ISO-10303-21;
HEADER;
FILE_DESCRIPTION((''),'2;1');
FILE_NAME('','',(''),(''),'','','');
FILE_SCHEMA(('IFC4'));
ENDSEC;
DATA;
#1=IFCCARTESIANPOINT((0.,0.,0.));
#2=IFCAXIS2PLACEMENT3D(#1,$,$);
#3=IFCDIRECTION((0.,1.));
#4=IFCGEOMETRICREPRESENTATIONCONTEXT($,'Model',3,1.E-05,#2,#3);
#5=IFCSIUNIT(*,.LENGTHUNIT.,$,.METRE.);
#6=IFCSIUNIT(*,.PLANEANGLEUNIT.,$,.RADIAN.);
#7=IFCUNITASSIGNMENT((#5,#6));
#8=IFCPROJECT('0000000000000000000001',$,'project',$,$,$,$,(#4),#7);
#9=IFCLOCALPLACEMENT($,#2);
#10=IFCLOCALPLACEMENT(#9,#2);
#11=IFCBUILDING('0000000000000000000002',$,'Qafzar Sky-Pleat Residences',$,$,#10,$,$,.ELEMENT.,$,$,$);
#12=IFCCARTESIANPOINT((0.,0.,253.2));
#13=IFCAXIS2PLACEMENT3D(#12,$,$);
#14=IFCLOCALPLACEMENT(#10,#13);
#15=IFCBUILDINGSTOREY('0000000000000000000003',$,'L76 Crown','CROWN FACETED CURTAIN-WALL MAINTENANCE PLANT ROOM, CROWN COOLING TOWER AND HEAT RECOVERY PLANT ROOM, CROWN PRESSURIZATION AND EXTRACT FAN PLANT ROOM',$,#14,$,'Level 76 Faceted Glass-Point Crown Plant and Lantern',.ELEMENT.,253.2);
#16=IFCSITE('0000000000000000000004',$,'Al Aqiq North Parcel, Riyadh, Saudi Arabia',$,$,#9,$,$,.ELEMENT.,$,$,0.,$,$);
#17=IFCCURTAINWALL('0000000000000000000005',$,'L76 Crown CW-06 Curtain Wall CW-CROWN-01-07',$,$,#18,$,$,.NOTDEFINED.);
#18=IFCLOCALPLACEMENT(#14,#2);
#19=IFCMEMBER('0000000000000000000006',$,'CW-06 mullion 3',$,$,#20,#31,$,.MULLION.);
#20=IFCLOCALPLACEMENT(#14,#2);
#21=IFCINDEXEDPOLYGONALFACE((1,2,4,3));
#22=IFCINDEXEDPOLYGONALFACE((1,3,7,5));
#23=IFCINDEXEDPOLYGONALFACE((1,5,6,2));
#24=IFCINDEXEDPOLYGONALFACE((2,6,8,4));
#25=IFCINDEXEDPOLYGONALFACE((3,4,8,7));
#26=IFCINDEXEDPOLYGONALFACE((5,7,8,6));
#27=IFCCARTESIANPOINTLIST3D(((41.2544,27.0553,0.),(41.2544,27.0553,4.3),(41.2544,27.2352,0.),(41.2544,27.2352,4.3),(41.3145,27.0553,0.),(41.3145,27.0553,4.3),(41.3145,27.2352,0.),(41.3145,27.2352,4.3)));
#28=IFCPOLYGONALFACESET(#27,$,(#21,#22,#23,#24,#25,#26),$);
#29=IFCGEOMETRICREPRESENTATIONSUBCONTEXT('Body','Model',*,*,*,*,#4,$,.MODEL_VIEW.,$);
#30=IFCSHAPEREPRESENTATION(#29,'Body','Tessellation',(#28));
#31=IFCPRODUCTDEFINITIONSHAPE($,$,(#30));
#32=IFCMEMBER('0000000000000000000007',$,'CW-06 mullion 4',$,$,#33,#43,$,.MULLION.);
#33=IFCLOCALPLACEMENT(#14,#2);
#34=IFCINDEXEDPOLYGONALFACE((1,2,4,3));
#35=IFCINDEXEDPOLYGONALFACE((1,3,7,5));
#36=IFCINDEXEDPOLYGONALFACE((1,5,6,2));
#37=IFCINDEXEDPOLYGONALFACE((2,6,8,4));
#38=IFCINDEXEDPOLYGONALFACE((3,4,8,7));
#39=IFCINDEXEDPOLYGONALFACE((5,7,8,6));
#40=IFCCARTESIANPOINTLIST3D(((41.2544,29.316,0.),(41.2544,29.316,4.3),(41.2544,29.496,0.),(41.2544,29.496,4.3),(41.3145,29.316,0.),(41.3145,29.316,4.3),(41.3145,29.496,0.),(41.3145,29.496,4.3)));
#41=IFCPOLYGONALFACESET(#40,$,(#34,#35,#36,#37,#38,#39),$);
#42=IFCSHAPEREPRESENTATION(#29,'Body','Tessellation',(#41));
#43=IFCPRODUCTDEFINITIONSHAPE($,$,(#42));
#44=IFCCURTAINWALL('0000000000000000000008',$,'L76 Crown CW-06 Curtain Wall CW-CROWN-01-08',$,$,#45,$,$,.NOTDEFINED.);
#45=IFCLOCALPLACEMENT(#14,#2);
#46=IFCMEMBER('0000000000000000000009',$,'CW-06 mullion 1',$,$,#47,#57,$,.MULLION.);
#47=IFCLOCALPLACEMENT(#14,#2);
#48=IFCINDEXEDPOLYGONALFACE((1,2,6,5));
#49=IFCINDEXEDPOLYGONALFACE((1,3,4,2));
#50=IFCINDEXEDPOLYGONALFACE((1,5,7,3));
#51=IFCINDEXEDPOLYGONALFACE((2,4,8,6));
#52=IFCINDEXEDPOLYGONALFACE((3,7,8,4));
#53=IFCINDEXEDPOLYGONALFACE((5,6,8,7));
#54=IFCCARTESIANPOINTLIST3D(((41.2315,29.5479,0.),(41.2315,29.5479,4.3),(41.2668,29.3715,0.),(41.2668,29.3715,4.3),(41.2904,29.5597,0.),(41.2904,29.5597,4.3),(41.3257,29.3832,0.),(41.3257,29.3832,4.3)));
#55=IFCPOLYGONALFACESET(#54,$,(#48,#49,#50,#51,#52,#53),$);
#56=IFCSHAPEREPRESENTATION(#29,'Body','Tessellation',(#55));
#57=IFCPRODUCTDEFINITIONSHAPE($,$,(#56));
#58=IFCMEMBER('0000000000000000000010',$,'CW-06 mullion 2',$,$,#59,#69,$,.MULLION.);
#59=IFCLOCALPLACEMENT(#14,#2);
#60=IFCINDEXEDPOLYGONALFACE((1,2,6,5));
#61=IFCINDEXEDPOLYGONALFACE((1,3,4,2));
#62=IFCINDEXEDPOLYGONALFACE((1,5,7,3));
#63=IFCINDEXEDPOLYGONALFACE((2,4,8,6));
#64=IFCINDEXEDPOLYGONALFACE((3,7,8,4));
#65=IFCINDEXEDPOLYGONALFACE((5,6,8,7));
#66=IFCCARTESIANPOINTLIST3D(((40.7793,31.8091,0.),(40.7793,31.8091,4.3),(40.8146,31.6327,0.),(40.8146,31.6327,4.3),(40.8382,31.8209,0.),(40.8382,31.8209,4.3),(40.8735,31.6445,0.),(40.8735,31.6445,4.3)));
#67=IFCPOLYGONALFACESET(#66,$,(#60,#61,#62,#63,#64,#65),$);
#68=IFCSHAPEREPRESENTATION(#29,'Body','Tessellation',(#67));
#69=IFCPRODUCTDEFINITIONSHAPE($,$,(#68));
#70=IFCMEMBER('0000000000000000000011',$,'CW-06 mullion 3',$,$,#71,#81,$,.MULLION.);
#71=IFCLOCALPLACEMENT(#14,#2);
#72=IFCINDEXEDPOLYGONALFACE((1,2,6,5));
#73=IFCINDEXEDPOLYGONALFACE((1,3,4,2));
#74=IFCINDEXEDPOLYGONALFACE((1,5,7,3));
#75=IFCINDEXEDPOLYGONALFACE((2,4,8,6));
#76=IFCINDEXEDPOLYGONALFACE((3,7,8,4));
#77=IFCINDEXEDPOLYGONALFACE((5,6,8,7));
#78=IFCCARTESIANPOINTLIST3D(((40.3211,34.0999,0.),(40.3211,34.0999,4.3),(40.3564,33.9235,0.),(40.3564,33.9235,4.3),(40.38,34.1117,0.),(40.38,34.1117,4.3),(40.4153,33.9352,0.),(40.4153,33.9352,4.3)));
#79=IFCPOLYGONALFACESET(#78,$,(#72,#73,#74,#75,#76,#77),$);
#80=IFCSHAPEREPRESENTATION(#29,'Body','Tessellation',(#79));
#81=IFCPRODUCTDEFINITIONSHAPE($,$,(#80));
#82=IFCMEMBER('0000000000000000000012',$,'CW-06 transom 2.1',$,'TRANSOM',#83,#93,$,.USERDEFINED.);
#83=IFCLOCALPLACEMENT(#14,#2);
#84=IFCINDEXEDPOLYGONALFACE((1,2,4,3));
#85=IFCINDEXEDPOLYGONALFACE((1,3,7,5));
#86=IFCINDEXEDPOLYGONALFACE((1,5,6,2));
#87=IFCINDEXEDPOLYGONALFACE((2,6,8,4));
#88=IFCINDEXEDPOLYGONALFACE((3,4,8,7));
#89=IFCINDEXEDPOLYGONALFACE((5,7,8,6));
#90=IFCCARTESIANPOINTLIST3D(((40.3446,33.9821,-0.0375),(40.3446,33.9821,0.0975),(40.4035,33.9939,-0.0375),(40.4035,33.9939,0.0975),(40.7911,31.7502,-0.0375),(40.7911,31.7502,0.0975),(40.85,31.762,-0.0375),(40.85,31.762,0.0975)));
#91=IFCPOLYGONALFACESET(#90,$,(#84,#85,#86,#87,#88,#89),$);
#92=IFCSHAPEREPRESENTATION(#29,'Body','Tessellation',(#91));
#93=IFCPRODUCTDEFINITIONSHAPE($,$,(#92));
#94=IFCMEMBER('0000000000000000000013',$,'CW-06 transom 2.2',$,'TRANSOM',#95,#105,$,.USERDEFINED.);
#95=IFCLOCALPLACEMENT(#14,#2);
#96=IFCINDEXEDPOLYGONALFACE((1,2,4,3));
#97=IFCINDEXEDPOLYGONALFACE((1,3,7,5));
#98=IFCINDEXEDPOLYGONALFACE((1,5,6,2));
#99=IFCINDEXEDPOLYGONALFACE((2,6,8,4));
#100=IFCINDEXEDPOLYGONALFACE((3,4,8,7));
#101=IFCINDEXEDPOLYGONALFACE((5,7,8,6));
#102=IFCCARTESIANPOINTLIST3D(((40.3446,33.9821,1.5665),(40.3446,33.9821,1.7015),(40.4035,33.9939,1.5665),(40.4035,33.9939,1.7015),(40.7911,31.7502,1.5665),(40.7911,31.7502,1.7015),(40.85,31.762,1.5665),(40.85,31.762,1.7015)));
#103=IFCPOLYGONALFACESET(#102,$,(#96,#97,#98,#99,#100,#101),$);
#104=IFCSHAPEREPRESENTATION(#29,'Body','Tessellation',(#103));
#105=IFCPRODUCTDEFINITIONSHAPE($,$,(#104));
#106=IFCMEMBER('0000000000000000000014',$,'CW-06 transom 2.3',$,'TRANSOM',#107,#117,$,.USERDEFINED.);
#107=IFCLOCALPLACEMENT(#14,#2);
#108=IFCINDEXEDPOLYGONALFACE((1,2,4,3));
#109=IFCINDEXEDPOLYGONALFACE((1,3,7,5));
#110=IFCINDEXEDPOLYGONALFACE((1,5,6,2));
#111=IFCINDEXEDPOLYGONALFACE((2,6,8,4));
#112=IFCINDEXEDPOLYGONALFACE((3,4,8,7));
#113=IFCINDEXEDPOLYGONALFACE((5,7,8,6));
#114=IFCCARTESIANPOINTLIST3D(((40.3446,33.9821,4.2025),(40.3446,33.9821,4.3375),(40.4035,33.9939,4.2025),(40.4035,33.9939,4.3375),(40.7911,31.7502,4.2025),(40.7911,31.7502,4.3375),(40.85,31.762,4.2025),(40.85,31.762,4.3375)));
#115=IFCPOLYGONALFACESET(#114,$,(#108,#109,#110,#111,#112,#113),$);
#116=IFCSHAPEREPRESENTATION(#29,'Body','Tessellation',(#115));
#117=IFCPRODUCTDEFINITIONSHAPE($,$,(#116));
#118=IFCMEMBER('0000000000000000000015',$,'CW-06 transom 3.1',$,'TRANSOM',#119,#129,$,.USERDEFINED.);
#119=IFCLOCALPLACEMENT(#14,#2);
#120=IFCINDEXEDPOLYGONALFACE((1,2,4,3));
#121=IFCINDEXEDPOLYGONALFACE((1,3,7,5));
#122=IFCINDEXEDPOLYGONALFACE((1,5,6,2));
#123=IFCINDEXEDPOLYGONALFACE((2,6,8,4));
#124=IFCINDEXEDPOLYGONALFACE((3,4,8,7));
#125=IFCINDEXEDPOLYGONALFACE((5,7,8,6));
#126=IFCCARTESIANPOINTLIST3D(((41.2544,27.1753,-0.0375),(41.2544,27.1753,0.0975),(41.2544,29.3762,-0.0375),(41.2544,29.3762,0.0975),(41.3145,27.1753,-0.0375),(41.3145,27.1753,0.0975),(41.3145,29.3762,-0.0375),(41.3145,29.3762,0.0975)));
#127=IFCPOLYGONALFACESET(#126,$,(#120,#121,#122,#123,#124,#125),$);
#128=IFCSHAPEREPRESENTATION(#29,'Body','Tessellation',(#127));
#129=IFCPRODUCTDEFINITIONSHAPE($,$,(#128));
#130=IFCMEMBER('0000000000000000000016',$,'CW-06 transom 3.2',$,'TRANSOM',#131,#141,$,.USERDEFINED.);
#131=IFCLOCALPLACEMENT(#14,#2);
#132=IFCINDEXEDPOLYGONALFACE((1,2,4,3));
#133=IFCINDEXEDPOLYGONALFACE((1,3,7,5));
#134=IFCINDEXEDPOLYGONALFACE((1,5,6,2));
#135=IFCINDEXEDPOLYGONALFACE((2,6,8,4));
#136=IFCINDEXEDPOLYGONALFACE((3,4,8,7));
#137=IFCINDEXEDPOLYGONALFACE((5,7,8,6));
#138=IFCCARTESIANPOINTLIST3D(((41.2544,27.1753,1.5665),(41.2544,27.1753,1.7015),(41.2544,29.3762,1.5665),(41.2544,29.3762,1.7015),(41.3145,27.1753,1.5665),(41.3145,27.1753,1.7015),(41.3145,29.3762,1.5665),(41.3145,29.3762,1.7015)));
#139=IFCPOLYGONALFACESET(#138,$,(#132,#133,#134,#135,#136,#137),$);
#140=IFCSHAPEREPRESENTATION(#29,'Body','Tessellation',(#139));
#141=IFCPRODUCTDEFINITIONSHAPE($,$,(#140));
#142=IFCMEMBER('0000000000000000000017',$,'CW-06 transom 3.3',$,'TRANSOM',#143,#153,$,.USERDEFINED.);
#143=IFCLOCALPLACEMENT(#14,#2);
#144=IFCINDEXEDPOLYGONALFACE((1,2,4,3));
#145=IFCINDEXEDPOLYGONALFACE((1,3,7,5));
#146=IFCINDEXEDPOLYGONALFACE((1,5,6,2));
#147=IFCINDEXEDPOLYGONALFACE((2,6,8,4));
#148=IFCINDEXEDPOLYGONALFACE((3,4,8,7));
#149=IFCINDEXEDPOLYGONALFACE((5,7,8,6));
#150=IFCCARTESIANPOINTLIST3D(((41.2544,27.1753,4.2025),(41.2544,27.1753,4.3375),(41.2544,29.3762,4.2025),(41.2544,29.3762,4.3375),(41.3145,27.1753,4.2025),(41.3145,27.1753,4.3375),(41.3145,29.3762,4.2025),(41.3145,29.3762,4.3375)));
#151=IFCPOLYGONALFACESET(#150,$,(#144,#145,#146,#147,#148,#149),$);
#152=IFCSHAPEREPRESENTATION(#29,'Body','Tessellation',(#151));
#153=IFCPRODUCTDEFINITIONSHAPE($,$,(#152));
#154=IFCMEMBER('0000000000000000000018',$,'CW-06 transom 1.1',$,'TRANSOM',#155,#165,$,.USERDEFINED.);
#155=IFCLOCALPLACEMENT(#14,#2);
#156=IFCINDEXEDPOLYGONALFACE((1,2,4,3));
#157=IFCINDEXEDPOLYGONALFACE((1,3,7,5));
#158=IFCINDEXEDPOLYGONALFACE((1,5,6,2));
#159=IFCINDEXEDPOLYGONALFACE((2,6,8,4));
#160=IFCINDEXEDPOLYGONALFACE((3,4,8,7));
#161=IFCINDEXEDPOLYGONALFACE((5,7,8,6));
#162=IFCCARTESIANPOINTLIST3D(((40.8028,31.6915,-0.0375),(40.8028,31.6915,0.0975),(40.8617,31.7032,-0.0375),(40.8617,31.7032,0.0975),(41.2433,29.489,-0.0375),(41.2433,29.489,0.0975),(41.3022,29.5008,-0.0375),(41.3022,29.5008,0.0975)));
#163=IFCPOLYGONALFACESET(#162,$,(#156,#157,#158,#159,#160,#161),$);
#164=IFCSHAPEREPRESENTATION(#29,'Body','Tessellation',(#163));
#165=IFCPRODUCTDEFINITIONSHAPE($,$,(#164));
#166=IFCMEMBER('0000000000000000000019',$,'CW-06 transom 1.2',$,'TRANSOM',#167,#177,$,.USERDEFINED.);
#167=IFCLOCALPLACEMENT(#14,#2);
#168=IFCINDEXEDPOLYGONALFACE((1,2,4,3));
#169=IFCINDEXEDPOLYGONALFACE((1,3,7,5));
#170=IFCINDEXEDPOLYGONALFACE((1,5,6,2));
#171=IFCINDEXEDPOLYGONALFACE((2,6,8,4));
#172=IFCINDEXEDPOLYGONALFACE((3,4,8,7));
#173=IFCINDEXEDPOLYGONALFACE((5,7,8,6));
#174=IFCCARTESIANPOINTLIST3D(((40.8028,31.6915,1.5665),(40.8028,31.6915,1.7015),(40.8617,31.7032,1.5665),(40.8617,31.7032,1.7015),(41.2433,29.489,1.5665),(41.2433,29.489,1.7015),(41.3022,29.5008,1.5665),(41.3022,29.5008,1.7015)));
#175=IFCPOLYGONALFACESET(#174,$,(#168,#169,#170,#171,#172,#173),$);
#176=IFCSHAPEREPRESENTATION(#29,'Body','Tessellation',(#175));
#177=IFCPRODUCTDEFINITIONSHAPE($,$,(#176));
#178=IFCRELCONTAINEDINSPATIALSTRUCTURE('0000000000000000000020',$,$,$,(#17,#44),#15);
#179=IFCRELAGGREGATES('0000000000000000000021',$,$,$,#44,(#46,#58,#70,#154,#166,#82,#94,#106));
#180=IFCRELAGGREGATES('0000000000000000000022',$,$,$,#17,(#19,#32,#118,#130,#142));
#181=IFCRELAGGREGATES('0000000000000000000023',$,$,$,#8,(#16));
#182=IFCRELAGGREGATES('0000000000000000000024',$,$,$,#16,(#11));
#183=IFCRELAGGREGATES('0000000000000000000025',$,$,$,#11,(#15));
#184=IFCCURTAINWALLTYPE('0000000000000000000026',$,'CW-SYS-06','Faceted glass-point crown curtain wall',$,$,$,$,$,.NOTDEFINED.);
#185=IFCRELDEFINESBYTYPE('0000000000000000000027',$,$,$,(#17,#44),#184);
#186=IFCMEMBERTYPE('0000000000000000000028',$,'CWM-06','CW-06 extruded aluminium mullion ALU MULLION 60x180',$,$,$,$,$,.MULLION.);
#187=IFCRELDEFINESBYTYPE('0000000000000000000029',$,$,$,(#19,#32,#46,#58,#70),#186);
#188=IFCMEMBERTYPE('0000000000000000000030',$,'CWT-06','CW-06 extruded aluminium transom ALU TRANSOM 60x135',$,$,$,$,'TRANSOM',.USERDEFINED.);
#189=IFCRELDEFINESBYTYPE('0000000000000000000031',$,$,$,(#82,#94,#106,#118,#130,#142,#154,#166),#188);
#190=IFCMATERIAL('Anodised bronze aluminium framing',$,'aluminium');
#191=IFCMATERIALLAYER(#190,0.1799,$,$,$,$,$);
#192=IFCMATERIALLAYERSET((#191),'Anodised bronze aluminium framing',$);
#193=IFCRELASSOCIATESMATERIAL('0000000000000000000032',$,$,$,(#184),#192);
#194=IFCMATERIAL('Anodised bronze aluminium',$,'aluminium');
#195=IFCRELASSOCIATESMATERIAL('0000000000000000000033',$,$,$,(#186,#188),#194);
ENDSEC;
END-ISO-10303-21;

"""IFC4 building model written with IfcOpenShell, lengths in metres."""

from ifc_helpers import new_model, si_unit, direction, frame, origin, origin_2d, place, context, subcontext, project, spatial, rectangle, extrude, source, transform, mapped, material, layer, layer_set, material_profile, profile_set, type_object, element, aggregate, save


model = new_model("IFC4")

# Units and contexts
model_context = context("Model", 3, precision=1e-05, world=origin(), true_north=direction((0.0, 1.0)))
body_context = subcontext(model_context, "Body", "Model", "MODEL_VIEW")
ifc_project = project(units=[si_unit("LENGTHUNIT", "METRE"), si_unit("PLANEANGLEUNIT", "RADIAN")], contexts=[model_context])

# Site, building, storey
site_placement = place(None, origin())
site = spatial("IfcSite", under=ifc_project, at=site_placement, Name="Al Aqiq North Parcel, Riyadh, Saudi Arabia", CompositionType="ELEMENT", RefElevation=0.0)
building_placement = place(site_placement, origin())
building = spatial("IfcBuilding", under=site, at=building_placement, Name="Qafzar Sky-Pleat Residences", CompositionType="ELEMENT")
storey_placement = place(building_placement, frame((0.0, 0.0, 253.2)))
storey = spatial("IfcBuildingStorey", under=building, at=storey_placement, Name="L76 Crown", Description="CROWN FACETED CURTAIN-WALL MAINTENANCE PLANT ROOM, CROWN COOLING TOWER AND HEAT RECOVERY PLANT ROOM, CROWN PRESSURIZATION AND EXTRACT FAN PLANT ROOM", LongName="Level 76 Faceted Glass-Point Crown Plant and Lantern", CompositionType="ELEMENT", Elevation=253.2)

# Curtain walls, members
ifc_material_1 = material(Name="Anodised bronze aluminium framing", Category="aluminium")
ifc_layer_1 = layer(ifc_material_1, 0.1799)
ifc_layer_set_1 = layer_set([ifc_layer_1], Name="Anodised bronze aluminium framing")
curtain_wall_type = type_object("IfcCurtainWallType", Name="CW-SYS-06", Description="Faceted glass-point crown curtain wall", PredefinedType="NOTDEFINED", material=ifc_layer_set_1)
curtain_wall_1_placement = place(storey_placement, origin())
curtain_wall_1 = element("IfcCurtainWall", 1, at=curtain_wall_1_placement, inside=storey, type_object=curtain_wall_type, Name="L76 Crown CW-06 Curtain Wall CW-CROWN-01-07", PredefinedType="NOTDEFINED")
ifc_material_2 = material(Name="Anodised bronze aluminium", Category="aluminium")
ifc_material_profile_1 = material_profile(ifc_material_2, rectangle(XDim=0.0601, YDim=0.1799, at=origin_2d()), Name="ALU MULLION 60x180")
ifc_profile_set_1 = profile_set([ifc_material_profile_1], Name="Anodised bronze aluminium")
member_type_1 = type_object("IfcMemberType", Name="CWM-06", Description="CW-06 extruded aluminium mullion ALU MULLION 60x180", PredefinedType="MULLION", material=ifc_profile_set_1)
shared_shape_1 = source(origin(), body_context, "Body", "SweptSolid", [
    extrude(rectangle(XDim=0.0601, YDim=0.1799, at=origin_2d()), origin(), (0.0, 0.0, 1.0), 4.3),
])
member_1_placement = place(storey_placement, frame((41.2844, 27.1453, 0.0), z_axis=(0.0, 0.0, 1.0), x_axis=(-1.0, 0.0, 0.0)))
member_1 = element("IfcMember", 2, at=member_1_placement, type_object=member_type_1, Name="CW-06 mullion 3", PredefinedType="MULLION", context=body_context, shape_type="MappedRepresentation", body=[
    mapped(shared_shape_1, transform((0.0, 0.0, 0.0), x_axis=(1.0, 0.0, 0.0), y_axis=(0.0, 1.0, 0.0), z_axis=(0.0, 0.0, 1.0), scale=1.0)),
])
member_2_placement = place(storey_placement, frame((41.2844, 29.406, 0.0), z_axis=(0.0, 0.0, 1.0), x_axis=(-1.0, 0.0, 0.0)))
member_2 = element("IfcMember", 3, at=member_2_placement, type_object=member_type_1, Name="CW-06 mullion 4", PredefinedType="MULLION", context=body_context, shape_type="MappedRepresentation", body=[
    mapped(shared_shape_1, transform((0.0, 0.0, 0.0), x_axis=(1.0, 0.0, 0.0), y_axis=(0.0, 1.0, 0.0), z_axis=(0.0, 0.0, 1.0), scale=1.0)),
])
curtain_wall_2_placement = place(storey_placement, origin())
curtain_wall_2 = element("IfcCurtainWall", 4, at=curtain_wall_2_placement, inside=storey, type_object=curtain_wall_type, Name="L76 Crown CW-06 Curtain Wall CW-CROWN-01-08", PredefinedType="NOTDEFINED")
member_3_placement = place(storey_placement, frame((41.2786, 29.4656, 0.0), z_axis=(0.0, 0.0, 1.0), x_axis=(-0.980581, -0.196113, 0.0)))
member_3 = element("IfcMember", 5, at=member_3_placement, type_object=member_type_1, Name="CW-06 mullion 1", PredefinedType="MULLION", context=body_context, shape_type="MappedRepresentation", body=[
    mapped(shared_shape_1, transform((0.0, 0.0, 0.0), x_axis=(1.0, 0.0, 0.0), y_axis=(0.0, 1.0, 0.0), z_axis=(0.0, 0.0, 1.0), scale=1.0)),
])
member_4_placement = place(storey_placement, frame((40.8264, 31.7268, 0.0), z_axis=(0.0, 0.0, 1.0), x_axis=(-0.980581, -0.196113, 0.0)))
member_4 = element("IfcMember", 6, at=member_4_placement, type_object=member_type_1, Name="CW-06 mullion 2", PredefinedType="MULLION", context=body_context, shape_type="MappedRepresentation", body=[
    mapped(shared_shape_1, transform((0.0, 0.0, 0.0), x_axis=(1.0, 0.0, 0.0), y_axis=(0.0, 1.0, 0.0), z_axis=(0.0, 0.0, 1.0), scale=1.0)),
])
member_5_placement = place(storey_placement, frame((40.3682, 34.0176, 0.0), z_axis=(0.0, 0.0, 1.0), x_axis=(-0.980581, -0.196113, 0.0)))
member_5 = element("IfcMember", 7, at=member_5_placement, type_object=member_type_1, Name="CW-06 mullion 3", PredefinedType="MULLION", context=body_context, shape_type="MappedRepresentation", body=[
    mapped(shared_shape_1, transform((0.0, 0.0, 0.0), x_axis=(1.0, 0.0, 0.0), y_axis=(0.0, 1.0, 0.0), z_axis=(0.0, 0.0, 1.0), scale=1.0)),
])
ifc_material_profile_2 = material_profile(ifc_material_2, rectangle(XDim=0.0601, YDim=0.135, at=origin_2d()), Name="ALU TRANSOM 60x135")
ifc_profile_set_2 = profile_set([ifc_material_profile_2], Name="Anodised bronze aluminium")
member_type_2 = type_object("IfcMemberType", Name="CWT-06", Description="CW-06 extruded aluminium transom ALU TRANSOM 60x135", ElementType="TRANSOM", PredefinedType="USERDEFINED", material=ifc_profile_set_2)
shared_shape_2 = source(origin(), body_context, "Body", "SweptSolid", [
    extrude(rectangle(XDim=0.0601, YDim=0.135, at=origin_2d()), origin(), (0.0, 0.0, 1.0), 2.2761),
])
member_6_placement = place(storey_placement, frame((40.8206, 31.7561, 0.03), z_axis=(-0.196178, 0.980568, 0.0), x_axis=(-0.980568, -0.196178, 0.0)))
member_6 = element("IfcMember", 8, at=member_6_placement, type_object=member_type_2, Name="CW-06 transom 2.1", ObjectType="TRANSOM", PredefinedType="USERDEFINED", context=body_context, shape_type="MappedRepresentation", body=[
    mapped(shared_shape_2, transform((0.0, 0.0, 0.0), x_axis=(1.0, 0.0, 0.0), y_axis=(0.0, 1.0, 0.0), z_axis=(0.0, 0.0, 1.0), scale=1.0)),
])
member_7_placement = place(storey_placement, frame((40.8206, 31.7561, 1.634), z_axis=(-0.196178, 0.980568, 0.0), x_axis=(-0.980568, -0.196178, 0.0)))
member_7 = element("IfcMember", 9, at=member_7_placement, type_object=member_type_2, Name="CW-06 transom 2.2", ObjectType="TRANSOM", PredefinedType="USERDEFINED", context=body_context, shape_type="MappedRepresentation", body=[
    mapped(shared_shape_2, transform((0.0, 0.0, 0.0), x_axis=(1.0, 0.0, 0.0), y_axis=(0.0, 1.0, 0.0), z_axis=(0.0, 0.0, 1.0), scale=1.0)),
])
member_8_placement = place(storey_placement, frame((40.8206, 31.7561, 4.27), z_axis=(-0.196178, 0.980568, 0.0), x_axis=(-0.980568, -0.196178, 0.0)))
member_8 = element("IfcMember", 10, at=member_8_placement, type_object=member_type_2, Name="CW-06 transom 2.3", ObjectType="TRANSOM", PredefinedType="USERDEFINED", context=body_context, shape_type="MappedRepresentation", body=[
    mapped(shared_shape_2, transform((0.0, 0.0, 0.0), x_axis=(1.0, 0.0, 0.0), y_axis=(0.0, 1.0, 0.0), z_axis=(0.0, 0.0, 1.0), scale=1.0)),
])

# Members
shared_shape_3 = source(origin(), body_context, "Body", "SweptSolid", [
    extrude(rectangle(XDim=0.0601, YDim=0.135, at=origin_2d()), origin(), (0.0, 0.0, 1.0), 2.2009),
])
member_9_placement = place(storey_placement, frame((41.2844, 27.1753, 0.03), z_axis=(0.0, 1.0, 0.0), x_axis=(-1.0, 0.0, 0.0)))
member_9 = element("IfcMember", 11, at=member_9_placement, type_object=member_type_2, Name="CW-06 transom 3.1", ObjectType="TRANSOM", PredefinedType="USERDEFINED", context=body_context, shape_type="MappedRepresentation", body=[
    mapped(shared_shape_3, transform((0.0, 0.0, 0.0), x_axis=(1.0, 0.0, 0.0), y_axis=(0.0, 1.0, 0.0), z_axis=(0.0, 0.0, 1.0), scale=1.0)),
])
member_10_placement = place(storey_placement, frame((41.2844, 27.1753, 1.634), z_axis=(0.0, 1.0, 0.0), x_axis=(-1.0, 0.0, 0.0)))
member_10 = element("IfcMember", 12, at=member_10_placement, type_object=member_type_2, Name="CW-06 transom 3.2", ObjectType="TRANSOM", PredefinedType="USERDEFINED", context=body_context, shape_type="MappedRepresentation", body=[
    mapped(shared_shape_3, transform((0.0, 0.0, 0.0), x_axis=(1.0, 0.0, 0.0), y_axis=(0.0, 1.0, 0.0), z_axis=(0.0, 0.0, 1.0), scale=1.0)),
])
member_11_placement = place(storey_placement, frame((41.2844, 27.1753, 4.27), z_axis=(0.0, 1.0, 0.0), x_axis=(-1.0, 0.0, 0.0)))
member_11 = element("IfcMember", 13, at=member_11_placement, type_object=member_type_2, Name="CW-06 transom 3.3", ObjectType="TRANSOM", PredefinedType="USERDEFINED", context=body_context, shape_type="MappedRepresentation", body=[
    mapped(shared_shape_3, transform((0.0, 0.0, 0.0), x_axis=(1.0, 0.0, 0.0), y_axis=(0.0, 1.0, 0.0), z_axis=(0.0, 0.0, 1.0), scale=1.0)),
])
shared_shape_4 = source(origin(), body_context, "Body", "SweptSolid", [
    extrude(rectangle(XDim=0.0601, YDim=0.135, at=origin_2d()), origin(), (0.0, 0.0, 1.0), 2.2461),
])
member_12_placement = place(storey_placement, frame((41.2727, 29.4949, 0.03), z_axis=(-0.196095, 0.980585, 0.0), x_axis=(-0.980585, -0.196095, 0.0)))
member_12 = element("IfcMember", 14, at=member_12_placement, type_object=member_type_2, Name="CW-06 transom 1.1", ObjectType="TRANSOM", PredefinedType="USERDEFINED", context=body_context, shape_type="MappedRepresentation", body=[
    mapped(shared_shape_4, transform((0.0, 0.0, 0.0), x_axis=(1.0, 0.0, 0.0), y_axis=(0.0, 1.0, 0.0), z_axis=(0.0, 0.0, 1.0), scale=1.0)),
])
member_13_placement = place(storey_placement, frame((41.2727, 29.4949, 1.634), z_axis=(-0.196095, 0.980585, 0.0), x_axis=(-0.980585, -0.196095, 0.0)))
member_13 = element("IfcMember", 15, at=member_13_placement, type_object=member_type_2, Name="CW-06 transom 1.2", ObjectType="TRANSOM", PredefinedType="USERDEFINED", context=body_context, shape_type="MappedRepresentation", body=[
    mapped(shared_shape_4, transform((0.0, 0.0, 0.0), x_axis=(1.0, 0.0, 0.0), y_axis=(0.0, 1.0, 0.0), z_axis=(0.0, 0.0, 1.0), scale=1.0)),
])

aggregate(curtain_wall_2, [member_3, member_4, member_5, member_12, member_13, member_6, member_7, member_8])
aggregate(curtain_wall_1, [member_1, member_2, member_9, member_10, member_11])

save(model, "model.ifc")
